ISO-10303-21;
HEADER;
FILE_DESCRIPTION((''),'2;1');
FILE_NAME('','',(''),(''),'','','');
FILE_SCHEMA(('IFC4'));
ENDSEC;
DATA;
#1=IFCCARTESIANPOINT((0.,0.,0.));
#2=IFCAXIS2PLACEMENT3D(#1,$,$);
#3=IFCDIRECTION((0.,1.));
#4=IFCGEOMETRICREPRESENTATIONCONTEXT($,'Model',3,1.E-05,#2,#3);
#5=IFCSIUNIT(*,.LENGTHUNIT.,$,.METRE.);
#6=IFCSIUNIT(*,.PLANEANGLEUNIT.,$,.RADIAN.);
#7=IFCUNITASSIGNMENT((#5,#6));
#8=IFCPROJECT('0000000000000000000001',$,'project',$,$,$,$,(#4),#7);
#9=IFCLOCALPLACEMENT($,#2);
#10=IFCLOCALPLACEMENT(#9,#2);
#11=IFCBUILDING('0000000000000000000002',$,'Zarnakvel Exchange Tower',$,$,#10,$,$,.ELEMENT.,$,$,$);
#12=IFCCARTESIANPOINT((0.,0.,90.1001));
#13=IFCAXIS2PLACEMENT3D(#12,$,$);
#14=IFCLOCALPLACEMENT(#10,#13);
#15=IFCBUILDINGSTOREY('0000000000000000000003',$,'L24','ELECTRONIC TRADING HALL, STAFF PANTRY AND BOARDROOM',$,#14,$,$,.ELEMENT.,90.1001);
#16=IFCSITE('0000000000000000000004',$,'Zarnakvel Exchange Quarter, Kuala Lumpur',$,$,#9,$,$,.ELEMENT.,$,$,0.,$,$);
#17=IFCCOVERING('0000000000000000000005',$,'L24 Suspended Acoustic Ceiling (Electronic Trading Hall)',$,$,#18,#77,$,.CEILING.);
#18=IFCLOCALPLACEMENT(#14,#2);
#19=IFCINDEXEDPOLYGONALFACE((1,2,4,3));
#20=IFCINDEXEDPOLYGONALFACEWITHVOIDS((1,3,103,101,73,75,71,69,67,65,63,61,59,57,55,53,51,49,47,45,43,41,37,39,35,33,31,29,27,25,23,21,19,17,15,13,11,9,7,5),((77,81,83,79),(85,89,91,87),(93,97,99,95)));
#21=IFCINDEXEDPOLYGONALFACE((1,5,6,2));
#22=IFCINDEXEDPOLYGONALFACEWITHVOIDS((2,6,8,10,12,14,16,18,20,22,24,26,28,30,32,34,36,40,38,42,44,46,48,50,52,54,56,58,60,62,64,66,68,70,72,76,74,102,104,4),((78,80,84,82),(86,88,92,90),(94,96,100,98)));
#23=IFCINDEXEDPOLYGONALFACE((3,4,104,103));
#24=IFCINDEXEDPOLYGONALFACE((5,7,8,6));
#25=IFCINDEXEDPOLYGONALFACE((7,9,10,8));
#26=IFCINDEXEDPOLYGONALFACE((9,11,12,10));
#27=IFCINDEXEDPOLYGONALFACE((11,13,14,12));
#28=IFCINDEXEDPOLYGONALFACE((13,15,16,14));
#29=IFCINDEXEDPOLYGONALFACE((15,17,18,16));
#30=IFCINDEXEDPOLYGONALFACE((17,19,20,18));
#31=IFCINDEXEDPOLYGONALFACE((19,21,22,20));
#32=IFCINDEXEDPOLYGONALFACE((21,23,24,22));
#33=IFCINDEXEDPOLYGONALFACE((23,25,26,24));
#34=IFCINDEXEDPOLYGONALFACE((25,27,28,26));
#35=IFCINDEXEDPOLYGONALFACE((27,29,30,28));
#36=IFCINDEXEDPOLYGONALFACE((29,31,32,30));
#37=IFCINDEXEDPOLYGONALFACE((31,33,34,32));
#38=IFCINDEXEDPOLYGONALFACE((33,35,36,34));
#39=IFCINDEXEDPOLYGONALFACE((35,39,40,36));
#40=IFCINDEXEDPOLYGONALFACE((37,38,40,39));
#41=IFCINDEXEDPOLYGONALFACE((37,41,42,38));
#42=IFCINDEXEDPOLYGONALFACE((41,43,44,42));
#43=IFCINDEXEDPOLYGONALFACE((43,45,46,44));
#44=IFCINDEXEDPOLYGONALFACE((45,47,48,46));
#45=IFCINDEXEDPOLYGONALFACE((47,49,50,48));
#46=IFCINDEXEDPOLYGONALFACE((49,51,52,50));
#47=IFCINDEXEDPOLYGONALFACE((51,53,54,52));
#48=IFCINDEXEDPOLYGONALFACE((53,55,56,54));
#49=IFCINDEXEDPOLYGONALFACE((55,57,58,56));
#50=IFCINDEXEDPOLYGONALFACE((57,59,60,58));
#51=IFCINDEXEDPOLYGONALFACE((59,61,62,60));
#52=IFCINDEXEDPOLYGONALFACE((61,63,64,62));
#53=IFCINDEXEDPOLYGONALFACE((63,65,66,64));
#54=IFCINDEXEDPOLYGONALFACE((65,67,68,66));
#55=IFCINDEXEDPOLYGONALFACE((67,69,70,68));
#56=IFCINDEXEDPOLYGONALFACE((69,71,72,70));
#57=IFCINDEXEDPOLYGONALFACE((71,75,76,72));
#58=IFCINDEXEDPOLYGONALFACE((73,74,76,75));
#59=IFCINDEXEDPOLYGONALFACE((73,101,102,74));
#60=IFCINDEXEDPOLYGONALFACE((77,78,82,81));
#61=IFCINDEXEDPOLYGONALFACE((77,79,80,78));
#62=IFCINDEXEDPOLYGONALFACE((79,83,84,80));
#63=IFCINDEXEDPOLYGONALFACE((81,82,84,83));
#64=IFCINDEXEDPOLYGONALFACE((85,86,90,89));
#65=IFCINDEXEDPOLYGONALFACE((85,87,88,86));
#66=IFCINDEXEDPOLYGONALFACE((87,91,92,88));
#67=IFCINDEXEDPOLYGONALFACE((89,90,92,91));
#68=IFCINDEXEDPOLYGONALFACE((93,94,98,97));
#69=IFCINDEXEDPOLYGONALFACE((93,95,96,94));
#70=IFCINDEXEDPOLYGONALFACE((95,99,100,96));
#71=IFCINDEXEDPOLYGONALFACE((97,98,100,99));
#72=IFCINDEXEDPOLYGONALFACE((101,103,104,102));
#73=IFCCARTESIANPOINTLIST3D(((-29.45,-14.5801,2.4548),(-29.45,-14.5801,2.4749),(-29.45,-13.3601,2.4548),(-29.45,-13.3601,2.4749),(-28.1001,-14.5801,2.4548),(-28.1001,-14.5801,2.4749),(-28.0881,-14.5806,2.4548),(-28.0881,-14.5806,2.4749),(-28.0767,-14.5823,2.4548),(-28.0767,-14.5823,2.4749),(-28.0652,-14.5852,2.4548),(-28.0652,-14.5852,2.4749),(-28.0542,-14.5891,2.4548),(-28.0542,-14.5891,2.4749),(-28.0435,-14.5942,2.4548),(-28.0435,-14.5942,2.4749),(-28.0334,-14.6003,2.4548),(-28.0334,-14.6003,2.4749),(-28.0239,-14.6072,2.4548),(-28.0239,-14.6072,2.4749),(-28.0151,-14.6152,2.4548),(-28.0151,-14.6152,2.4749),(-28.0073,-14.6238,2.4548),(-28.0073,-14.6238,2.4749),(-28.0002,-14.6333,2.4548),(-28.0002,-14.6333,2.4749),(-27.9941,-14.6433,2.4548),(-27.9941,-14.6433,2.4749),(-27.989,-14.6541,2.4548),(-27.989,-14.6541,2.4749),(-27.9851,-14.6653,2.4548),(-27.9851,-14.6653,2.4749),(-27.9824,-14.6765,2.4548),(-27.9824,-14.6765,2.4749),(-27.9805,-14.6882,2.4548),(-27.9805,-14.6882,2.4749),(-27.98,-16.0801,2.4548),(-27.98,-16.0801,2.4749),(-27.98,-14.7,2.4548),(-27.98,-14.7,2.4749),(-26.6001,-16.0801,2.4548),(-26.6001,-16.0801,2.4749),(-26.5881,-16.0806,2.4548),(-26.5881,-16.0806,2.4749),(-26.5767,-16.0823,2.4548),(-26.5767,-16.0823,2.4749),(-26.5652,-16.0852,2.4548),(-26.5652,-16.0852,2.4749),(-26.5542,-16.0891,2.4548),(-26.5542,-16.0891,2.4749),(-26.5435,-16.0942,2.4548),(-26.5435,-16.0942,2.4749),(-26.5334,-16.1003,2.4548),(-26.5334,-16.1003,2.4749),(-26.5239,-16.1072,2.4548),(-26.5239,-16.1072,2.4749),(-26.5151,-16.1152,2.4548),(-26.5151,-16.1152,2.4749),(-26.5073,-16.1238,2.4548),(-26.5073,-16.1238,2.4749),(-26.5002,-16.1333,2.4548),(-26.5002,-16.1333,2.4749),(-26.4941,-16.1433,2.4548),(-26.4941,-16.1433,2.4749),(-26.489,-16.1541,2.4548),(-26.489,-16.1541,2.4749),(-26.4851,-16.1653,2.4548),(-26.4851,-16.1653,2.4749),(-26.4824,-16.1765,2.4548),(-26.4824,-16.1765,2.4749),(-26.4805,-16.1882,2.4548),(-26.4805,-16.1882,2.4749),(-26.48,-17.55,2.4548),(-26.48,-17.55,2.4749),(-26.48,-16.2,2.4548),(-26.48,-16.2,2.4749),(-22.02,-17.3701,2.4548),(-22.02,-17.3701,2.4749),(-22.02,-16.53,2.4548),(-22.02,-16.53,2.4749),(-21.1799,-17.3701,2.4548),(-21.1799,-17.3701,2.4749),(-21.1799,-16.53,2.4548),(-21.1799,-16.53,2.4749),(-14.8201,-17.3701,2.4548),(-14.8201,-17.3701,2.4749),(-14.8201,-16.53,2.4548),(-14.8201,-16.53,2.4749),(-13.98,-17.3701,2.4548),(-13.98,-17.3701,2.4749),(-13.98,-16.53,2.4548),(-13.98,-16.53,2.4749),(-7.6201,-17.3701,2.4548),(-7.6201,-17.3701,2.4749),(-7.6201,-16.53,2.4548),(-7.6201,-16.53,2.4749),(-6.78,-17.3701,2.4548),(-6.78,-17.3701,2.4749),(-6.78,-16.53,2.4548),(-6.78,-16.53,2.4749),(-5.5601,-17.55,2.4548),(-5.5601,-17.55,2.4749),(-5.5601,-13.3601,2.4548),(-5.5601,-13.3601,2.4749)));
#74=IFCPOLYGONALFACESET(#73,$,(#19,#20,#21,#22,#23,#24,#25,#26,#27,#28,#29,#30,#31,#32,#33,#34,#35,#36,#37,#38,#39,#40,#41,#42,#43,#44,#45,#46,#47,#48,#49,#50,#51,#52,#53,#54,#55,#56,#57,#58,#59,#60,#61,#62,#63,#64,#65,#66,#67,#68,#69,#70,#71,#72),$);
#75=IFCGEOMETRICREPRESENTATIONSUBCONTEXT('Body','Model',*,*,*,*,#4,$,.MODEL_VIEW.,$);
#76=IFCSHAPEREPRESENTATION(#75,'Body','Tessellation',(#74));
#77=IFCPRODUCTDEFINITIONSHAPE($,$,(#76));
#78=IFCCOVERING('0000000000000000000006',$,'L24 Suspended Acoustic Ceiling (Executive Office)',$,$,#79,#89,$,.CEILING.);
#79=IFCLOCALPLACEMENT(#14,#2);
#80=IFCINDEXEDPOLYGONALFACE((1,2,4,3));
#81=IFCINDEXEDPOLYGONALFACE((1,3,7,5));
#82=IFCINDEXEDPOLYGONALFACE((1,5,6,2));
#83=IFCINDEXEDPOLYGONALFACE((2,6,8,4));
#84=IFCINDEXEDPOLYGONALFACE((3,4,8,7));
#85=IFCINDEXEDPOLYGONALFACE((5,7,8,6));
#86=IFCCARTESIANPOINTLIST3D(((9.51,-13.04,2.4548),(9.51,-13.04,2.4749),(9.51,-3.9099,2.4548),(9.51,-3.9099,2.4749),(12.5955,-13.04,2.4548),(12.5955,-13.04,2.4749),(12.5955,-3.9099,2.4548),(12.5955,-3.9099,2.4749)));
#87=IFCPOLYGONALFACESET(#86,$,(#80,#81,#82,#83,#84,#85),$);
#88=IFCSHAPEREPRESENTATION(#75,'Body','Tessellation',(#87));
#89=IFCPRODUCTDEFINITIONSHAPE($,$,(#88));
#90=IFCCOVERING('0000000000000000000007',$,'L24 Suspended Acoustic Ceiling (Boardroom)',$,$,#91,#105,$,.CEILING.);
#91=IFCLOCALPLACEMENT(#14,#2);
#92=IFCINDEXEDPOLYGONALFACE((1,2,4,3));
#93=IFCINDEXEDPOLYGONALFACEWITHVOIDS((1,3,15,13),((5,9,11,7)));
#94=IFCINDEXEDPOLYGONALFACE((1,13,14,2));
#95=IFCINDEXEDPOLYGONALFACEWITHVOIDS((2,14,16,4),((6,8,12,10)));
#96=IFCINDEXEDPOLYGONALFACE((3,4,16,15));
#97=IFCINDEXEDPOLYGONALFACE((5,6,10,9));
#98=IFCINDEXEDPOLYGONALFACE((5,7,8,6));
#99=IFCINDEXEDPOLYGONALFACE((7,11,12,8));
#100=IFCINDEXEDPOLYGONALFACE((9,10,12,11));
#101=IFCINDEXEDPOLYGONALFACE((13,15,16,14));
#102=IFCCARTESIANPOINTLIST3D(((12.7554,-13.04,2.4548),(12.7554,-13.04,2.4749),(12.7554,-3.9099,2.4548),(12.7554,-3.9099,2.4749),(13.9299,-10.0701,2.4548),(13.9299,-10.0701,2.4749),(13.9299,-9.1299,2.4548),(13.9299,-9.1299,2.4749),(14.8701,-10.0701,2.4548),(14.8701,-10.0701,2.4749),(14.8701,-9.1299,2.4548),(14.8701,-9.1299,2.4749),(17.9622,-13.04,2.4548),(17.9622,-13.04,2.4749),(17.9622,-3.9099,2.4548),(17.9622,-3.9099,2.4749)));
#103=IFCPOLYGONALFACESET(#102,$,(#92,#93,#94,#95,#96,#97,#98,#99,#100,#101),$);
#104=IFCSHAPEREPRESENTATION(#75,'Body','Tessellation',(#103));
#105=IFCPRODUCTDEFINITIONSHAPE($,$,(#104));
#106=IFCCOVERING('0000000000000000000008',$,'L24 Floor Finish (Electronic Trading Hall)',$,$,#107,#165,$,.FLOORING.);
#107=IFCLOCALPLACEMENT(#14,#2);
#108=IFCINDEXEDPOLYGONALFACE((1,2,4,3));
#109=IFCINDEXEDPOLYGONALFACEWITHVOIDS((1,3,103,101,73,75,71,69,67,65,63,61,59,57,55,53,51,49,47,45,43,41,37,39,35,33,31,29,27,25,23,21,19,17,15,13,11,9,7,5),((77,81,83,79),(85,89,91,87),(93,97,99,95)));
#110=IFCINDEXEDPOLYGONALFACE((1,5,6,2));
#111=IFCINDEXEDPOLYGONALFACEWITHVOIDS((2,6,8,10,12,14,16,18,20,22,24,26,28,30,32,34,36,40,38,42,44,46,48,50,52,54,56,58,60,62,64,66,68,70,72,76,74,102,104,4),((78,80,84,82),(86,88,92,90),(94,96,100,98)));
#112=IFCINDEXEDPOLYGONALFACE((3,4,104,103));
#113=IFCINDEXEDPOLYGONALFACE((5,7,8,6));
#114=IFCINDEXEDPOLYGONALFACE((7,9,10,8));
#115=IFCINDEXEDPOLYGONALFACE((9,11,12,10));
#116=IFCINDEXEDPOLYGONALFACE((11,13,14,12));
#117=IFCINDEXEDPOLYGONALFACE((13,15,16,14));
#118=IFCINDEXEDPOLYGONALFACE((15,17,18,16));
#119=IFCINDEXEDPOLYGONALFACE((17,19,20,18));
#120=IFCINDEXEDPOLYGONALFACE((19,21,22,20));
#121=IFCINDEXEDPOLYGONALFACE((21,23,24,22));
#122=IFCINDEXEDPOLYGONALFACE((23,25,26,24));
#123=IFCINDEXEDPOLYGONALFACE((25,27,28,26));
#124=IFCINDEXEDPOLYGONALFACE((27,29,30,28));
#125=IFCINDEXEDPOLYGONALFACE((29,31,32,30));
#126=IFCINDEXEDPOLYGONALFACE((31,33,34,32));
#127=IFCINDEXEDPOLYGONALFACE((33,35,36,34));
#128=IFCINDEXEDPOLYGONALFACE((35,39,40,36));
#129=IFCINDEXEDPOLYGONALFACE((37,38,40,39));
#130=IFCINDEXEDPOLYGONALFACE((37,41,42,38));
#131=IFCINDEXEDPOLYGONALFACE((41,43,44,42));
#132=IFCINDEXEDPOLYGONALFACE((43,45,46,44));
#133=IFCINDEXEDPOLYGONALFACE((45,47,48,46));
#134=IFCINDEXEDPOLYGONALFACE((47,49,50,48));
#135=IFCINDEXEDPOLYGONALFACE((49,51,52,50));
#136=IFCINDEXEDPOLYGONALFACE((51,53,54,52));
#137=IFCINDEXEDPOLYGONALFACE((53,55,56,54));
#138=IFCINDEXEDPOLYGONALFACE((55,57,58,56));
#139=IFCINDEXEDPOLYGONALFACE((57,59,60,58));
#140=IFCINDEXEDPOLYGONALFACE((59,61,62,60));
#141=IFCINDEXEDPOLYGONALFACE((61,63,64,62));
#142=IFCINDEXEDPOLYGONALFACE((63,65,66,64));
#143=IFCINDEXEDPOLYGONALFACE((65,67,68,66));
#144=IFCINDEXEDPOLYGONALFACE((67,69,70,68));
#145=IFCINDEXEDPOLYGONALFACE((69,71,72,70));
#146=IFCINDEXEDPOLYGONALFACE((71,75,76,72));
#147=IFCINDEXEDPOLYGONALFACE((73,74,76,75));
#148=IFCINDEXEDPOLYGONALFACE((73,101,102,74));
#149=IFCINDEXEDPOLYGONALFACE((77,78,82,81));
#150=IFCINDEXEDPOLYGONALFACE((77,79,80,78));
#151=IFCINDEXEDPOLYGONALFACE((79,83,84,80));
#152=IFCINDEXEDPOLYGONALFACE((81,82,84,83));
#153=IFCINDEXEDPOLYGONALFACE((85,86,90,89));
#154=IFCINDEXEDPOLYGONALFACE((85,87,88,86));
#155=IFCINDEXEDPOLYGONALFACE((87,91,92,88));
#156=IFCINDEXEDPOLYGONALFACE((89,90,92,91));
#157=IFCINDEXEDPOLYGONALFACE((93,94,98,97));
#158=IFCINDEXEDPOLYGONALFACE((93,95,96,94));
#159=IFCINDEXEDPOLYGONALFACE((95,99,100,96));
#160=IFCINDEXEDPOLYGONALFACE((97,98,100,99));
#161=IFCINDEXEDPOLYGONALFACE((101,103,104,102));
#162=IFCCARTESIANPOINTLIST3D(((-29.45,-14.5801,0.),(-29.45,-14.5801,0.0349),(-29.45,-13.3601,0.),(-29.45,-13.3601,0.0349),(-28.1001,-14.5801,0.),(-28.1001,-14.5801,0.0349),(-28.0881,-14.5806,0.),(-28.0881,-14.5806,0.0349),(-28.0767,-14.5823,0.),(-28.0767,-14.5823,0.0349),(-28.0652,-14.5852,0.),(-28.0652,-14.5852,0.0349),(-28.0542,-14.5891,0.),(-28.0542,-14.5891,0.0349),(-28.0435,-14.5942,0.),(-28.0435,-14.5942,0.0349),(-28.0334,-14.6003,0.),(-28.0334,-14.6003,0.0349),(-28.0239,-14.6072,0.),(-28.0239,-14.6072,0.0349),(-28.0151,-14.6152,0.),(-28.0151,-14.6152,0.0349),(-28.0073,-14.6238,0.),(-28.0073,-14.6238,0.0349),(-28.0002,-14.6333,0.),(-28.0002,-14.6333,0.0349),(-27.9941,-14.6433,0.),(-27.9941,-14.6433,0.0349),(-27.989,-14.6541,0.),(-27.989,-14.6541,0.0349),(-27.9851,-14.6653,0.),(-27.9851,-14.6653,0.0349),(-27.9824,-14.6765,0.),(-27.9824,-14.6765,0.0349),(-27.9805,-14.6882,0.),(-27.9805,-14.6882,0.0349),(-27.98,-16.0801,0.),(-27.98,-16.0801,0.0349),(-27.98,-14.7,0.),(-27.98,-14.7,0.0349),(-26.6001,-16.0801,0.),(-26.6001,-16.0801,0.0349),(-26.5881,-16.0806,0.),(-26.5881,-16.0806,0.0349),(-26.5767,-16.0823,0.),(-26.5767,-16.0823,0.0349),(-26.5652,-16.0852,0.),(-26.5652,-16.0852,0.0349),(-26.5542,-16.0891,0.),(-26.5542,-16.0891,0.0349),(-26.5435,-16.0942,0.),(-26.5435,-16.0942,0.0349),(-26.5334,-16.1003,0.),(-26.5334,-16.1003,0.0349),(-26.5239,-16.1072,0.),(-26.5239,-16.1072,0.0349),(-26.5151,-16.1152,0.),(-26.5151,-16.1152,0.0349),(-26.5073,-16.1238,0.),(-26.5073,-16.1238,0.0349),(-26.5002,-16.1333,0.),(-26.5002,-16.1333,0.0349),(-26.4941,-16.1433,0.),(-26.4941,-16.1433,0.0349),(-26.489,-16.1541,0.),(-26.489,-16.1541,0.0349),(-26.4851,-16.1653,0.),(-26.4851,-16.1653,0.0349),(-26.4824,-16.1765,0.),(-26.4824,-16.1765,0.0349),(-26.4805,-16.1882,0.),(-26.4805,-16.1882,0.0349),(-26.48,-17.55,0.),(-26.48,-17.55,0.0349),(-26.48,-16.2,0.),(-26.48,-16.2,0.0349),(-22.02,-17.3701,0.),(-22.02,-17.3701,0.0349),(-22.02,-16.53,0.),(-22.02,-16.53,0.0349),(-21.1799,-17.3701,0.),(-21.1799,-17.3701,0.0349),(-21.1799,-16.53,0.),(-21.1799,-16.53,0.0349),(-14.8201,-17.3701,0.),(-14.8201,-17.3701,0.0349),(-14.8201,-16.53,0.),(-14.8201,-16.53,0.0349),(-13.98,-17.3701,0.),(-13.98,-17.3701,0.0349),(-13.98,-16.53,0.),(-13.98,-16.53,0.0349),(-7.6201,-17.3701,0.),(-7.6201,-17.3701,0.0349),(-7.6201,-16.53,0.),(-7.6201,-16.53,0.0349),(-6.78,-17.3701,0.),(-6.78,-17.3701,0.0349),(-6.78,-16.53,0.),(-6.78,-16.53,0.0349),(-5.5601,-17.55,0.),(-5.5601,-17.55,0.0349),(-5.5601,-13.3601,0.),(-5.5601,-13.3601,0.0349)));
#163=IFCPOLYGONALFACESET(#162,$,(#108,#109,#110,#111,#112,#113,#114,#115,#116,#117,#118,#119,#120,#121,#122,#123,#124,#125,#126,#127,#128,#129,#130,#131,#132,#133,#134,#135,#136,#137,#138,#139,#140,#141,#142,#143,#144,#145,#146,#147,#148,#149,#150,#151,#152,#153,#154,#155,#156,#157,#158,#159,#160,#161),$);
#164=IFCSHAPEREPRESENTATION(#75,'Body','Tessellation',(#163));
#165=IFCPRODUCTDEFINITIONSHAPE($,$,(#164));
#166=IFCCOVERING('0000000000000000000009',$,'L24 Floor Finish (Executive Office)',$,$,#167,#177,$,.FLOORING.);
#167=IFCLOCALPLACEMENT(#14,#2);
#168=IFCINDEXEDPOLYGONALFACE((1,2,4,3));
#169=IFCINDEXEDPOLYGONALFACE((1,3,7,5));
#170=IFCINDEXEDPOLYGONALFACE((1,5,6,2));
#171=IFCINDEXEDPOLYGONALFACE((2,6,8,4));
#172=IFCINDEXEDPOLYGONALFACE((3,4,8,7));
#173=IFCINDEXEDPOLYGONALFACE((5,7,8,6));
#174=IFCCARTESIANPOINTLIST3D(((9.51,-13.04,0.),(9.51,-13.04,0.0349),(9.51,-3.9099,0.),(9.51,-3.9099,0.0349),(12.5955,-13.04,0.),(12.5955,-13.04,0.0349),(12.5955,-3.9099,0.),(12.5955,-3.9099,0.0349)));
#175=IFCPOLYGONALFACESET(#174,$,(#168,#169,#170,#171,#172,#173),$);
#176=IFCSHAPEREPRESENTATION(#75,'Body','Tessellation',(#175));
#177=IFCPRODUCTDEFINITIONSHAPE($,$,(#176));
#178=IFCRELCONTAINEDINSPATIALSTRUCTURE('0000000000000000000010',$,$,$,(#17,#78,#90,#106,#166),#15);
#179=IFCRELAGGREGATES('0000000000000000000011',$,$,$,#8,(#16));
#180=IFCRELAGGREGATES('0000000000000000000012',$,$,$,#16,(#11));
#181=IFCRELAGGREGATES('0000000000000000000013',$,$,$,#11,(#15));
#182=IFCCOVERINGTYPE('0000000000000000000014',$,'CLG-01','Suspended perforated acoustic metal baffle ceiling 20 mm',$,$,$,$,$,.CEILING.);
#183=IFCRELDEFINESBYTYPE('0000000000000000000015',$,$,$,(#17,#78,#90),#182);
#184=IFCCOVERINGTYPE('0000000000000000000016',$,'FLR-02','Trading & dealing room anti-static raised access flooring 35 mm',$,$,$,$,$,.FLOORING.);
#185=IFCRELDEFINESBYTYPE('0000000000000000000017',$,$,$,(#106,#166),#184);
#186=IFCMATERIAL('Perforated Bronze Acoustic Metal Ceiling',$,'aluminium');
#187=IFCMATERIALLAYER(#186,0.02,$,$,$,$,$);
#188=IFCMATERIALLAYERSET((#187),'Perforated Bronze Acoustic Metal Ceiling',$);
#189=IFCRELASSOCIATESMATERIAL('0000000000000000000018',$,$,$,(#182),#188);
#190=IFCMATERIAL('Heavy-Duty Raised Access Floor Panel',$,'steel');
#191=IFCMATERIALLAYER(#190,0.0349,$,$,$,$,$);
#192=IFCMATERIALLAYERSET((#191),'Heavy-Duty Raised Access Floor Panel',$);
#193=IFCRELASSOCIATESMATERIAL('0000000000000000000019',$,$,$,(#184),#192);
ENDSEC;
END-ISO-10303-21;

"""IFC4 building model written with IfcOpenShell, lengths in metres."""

from ifc_helpers import new_model, si_unit, direction, frame, origin, place, context, subcontext, project, spatial, polyline, outline, extrude, material, layer, layer_set, type_object, element, save


model = new_model("IFC4")

# Units and contexts
model_context = context("Model", 3, precision=1e-05, world=origin(), true_north=direction((0.0, 1.0)))
body_context = subcontext(model_context, "Body", "Model", "MODEL_VIEW")
ifc_project = project(units=[si_unit("LENGTHUNIT", "METRE"), si_unit("PLANEANGLEUNIT", "RADIAN")], contexts=[model_context])

# Site, building, storey
site_placement = place(None, origin())
site = spatial("IfcSite", under=ifc_project, at=site_placement, Name="Zarnakvel Exchange Quarter, Kuala Lumpur", CompositionType="ELEMENT", RefElevation=0.0)
building_placement = place(site_placement, origin())
building = spatial("IfcBuilding", under=site, at=building_placement, Name="Zarnakvel Exchange Tower", CompositionType="ELEMENT")
storey_placement = place(building_placement, frame((0.0, 0.0, 90.1001)))
storey = spatial("IfcBuildingStorey", under=building, at=storey_placement, Name="L24", Description="ELECTRONIC TRADING HALL, STAFF PANTRY AND BOARDROOM", CompositionType="ELEMENT", Elevation=90.1001)

# Coverings
ifc_material_1 = material(Name="Perforated Bronze Acoustic Metal Ceiling", Category="aluminium")
ifc_layer_1 = layer(ifc_material_1, 0.02)
ifc_layer_set_1 = layer_set([ifc_layer_1], Name="Perforated Bronze Acoustic Metal Ceiling")
covering_type_1 = type_object("IfcCoveringType", Name="CLG-01", Description="Suspended perforated acoustic metal baffle ceiling 20 mm", PredefinedType="CEILING", material=ifc_layer_set_1)
covering_1_placement = place(storey_placement, frame((0.0, 0.0, 2.4548)))
element("IfcCovering", 1, at=covering_1_placement, inside=storey, type_object=covering_type_1, Name="L24 Suspended Acoustic Ceiling (Electronic Trading Hall)", PredefinedType="CEILING", context=body_context, shape_type="SweptSolid", body=[
    extrude(outline(polyline([(-5.5601, -13.3601), (-5.5601, -17.55), (-26.48, -17.55), (-26.48, -16.2), (-26.4805, -16.1882), (-26.4824, -16.1765), (-26.4851, -16.1653), (-26.489, -16.1541), (-26.4941, -16.1433), (-26.5002, -16.1333), (-26.5073, -16.1238), (-26.5151, -16.1152), (-26.5239, -16.1072), (-26.5334, -16.1003), (-26.5435, -16.0942), (-26.5542, -16.0891), (-26.5652, -16.0852), (-26.5767, -16.0823), (-26.5881, -16.0806), (-26.6001, -16.0801), (-27.98, -16.0801), (-27.98, -14.7), (-27.9805, -14.6882), (-27.9824, -14.6765), (-27.9851, -14.6653), (-27.989, -14.6541), (-27.9941, -14.6433), (-28.0002, -14.6333), (-28.0073, -14.6238), (-28.0151, -14.6152), (-28.0239, -14.6072), (-28.0334, -14.6003), (-28.0435, -14.5942), (-28.0542, -14.5891), (-28.0652, -14.5852), (-28.0767, -14.5823), (-28.0881, -14.5806), (-28.1001, -14.5801), (-29.45, -14.5801), (-29.45, -13.3601), (-5.5601, -13.3601)]), holes=[polyline([(-6.78, -17.3701), (-6.78, -16.53), (-7.6201, -16.53), (-7.6201, -17.3701), (-6.78, -17.3701)]), polyline([(-13.98, -17.3701), (-13.98, -16.53), (-14.8201, -16.53), (-14.8201, -17.3701), (-13.98, -17.3701)]), polyline([(-21.1799, -17.3701), (-21.1799, -16.53), (-22.02, -16.53), (-22.02, -17.3701), (-21.1799, -17.3701)])]), origin(), (0.0, 0.0, 1.0), 0.02),
])
covering_2_placement = place(storey_placement, frame((0.0, 0.0, 2.4548)))
element("IfcCovering", 2, at=covering_2_placement, inside=storey, type_object=covering_type_1, Name="L24 Suspended Acoustic Ceiling (Executive Office)", PredefinedType="CEILING", context=body_context, shape_type="SweptSolid", body=[
    extrude(outline(polyline([(9.51, -3.9099), (12.5955, -3.9099), (12.5955, -13.04), (9.51, -13.04), (9.51, -3.9099)])), origin(), (0.0, 0.0, 1.0), 0.02),
])
covering_3_placement = place(storey_placement, frame((0.0, 0.0, 2.4548)))
element("IfcCovering", 3, at=covering_3_placement, inside=storey, type_object=covering_type_1, Name="L24 Suspended Acoustic Ceiling (Boardroom)", PredefinedType="CEILING", context=body_context, shape_type="SweptSolid", body=[
    extrude(outline(polyline([(12.7554, -3.9099), (17.9622, -3.9099), (17.9622, -13.04), (12.7554, -13.04), (12.7554, -3.9099)]), holes=[polyline([(13.9299, -10.0701), (14.8701, -10.0701), (14.8701, -9.1299), (13.9299, -9.1299), (13.9299, -10.0701)])]), origin(), (0.0, 0.0, 1.0), 0.02),
])
ifc_material_2 = material(Name="Heavy-Duty Raised Access Floor Panel", Category="steel")
ifc_layer_2 = layer(ifc_material_2, 0.0349)
ifc_layer_set_2 = layer_set([ifc_layer_2], Name="Heavy-Duty Raised Access Floor Panel")
covering_type_2 = type_object("IfcCoveringType", Name="FLR-02", Description="Trading & dealing room anti-static raised access flooring 35 mm", PredefinedType="FLOORING", material=ifc_layer_set_2)
covering_4_placement = place(storey_placement, origin())
element("IfcCovering", 4, at=covering_4_placement, inside=storey, type_object=covering_type_2, Name="L24 Floor Finish (Electronic Trading Hall)", PredefinedType="FLOORING", context=body_context, shape_type="SweptSolid", body=[
    extrude(outline(polyline([(-5.5601, -13.3601), (-5.5601, -17.55), (-26.48, -17.55), (-26.48, -16.2), (-26.4805, -16.1882), (-26.4824, -16.1765), (-26.4851, -16.1653), (-26.489, -16.1541), (-26.4941, -16.1433), (-26.5002, -16.1333), (-26.5073, -16.1238), (-26.5151, -16.1152), (-26.5239, -16.1072), (-26.5334, -16.1003), (-26.5435, -16.0942), (-26.5542, -16.0891), (-26.5652, -16.0852), (-26.5767, -16.0823), (-26.5881, -16.0806), (-26.6001, -16.0801), (-27.98, -16.0801), (-27.98, -14.7), (-27.9805, -14.6882), (-27.9824, -14.6765), (-27.9851, -14.6653), (-27.989, -14.6541), (-27.9941, -14.6433), (-28.0002, -14.6333), (-28.0073, -14.6238), (-28.0151, -14.6152), (-28.0239, -14.6072), (-28.0334, -14.6003), (-28.0435, -14.5942), (-28.0542, -14.5891), (-28.0652, -14.5852), (-28.0767, -14.5823), (-28.0881, -14.5806), (-28.1001, -14.5801), (-29.45, -14.5801), (-29.45, -13.3601), (-5.5601, -13.3601)]), holes=[polyline([(-6.78, -17.3701), (-6.78, -16.53), (-7.6201, -16.53), (-7.6201, -17.3701), (-6.78, -17.3701)]), polyline([(-13.98, -17.3701), (-13.98, -16.53), (-14.8201, -16.53), (-14.8201, -17.3701), (-13.98, -17.3701)]), polyline([(-21.1799, -17.3701), (-21.1799, -16.53), (-22.02, -16.53), (-22.02, -17.3701), (-21.1799, -17.3701)])]), origin(), (0.0, 0.0, 1.0), 0.0349),
])
covering_5_placement = place(storey_placement, origin())
element("IfcCovering", 5, at=covering_5_placement, inside=storey, type_object=covering_type_2, Name="L24 Floor Finish (Executive Office)", PredefinedType="FLOORING", context=body_context, shape_type="SweptSolid", body=[
    extrude(outline(polyline([(9.51, -3.9099), (12.5955, -3.9099), (12.5955, -13.04), (9.51, -13.04), (9.51, -3.9099)])), origin(), (0.0, 0.0, 1.0), 0.0349),
])

save(model, "model.ifc")
